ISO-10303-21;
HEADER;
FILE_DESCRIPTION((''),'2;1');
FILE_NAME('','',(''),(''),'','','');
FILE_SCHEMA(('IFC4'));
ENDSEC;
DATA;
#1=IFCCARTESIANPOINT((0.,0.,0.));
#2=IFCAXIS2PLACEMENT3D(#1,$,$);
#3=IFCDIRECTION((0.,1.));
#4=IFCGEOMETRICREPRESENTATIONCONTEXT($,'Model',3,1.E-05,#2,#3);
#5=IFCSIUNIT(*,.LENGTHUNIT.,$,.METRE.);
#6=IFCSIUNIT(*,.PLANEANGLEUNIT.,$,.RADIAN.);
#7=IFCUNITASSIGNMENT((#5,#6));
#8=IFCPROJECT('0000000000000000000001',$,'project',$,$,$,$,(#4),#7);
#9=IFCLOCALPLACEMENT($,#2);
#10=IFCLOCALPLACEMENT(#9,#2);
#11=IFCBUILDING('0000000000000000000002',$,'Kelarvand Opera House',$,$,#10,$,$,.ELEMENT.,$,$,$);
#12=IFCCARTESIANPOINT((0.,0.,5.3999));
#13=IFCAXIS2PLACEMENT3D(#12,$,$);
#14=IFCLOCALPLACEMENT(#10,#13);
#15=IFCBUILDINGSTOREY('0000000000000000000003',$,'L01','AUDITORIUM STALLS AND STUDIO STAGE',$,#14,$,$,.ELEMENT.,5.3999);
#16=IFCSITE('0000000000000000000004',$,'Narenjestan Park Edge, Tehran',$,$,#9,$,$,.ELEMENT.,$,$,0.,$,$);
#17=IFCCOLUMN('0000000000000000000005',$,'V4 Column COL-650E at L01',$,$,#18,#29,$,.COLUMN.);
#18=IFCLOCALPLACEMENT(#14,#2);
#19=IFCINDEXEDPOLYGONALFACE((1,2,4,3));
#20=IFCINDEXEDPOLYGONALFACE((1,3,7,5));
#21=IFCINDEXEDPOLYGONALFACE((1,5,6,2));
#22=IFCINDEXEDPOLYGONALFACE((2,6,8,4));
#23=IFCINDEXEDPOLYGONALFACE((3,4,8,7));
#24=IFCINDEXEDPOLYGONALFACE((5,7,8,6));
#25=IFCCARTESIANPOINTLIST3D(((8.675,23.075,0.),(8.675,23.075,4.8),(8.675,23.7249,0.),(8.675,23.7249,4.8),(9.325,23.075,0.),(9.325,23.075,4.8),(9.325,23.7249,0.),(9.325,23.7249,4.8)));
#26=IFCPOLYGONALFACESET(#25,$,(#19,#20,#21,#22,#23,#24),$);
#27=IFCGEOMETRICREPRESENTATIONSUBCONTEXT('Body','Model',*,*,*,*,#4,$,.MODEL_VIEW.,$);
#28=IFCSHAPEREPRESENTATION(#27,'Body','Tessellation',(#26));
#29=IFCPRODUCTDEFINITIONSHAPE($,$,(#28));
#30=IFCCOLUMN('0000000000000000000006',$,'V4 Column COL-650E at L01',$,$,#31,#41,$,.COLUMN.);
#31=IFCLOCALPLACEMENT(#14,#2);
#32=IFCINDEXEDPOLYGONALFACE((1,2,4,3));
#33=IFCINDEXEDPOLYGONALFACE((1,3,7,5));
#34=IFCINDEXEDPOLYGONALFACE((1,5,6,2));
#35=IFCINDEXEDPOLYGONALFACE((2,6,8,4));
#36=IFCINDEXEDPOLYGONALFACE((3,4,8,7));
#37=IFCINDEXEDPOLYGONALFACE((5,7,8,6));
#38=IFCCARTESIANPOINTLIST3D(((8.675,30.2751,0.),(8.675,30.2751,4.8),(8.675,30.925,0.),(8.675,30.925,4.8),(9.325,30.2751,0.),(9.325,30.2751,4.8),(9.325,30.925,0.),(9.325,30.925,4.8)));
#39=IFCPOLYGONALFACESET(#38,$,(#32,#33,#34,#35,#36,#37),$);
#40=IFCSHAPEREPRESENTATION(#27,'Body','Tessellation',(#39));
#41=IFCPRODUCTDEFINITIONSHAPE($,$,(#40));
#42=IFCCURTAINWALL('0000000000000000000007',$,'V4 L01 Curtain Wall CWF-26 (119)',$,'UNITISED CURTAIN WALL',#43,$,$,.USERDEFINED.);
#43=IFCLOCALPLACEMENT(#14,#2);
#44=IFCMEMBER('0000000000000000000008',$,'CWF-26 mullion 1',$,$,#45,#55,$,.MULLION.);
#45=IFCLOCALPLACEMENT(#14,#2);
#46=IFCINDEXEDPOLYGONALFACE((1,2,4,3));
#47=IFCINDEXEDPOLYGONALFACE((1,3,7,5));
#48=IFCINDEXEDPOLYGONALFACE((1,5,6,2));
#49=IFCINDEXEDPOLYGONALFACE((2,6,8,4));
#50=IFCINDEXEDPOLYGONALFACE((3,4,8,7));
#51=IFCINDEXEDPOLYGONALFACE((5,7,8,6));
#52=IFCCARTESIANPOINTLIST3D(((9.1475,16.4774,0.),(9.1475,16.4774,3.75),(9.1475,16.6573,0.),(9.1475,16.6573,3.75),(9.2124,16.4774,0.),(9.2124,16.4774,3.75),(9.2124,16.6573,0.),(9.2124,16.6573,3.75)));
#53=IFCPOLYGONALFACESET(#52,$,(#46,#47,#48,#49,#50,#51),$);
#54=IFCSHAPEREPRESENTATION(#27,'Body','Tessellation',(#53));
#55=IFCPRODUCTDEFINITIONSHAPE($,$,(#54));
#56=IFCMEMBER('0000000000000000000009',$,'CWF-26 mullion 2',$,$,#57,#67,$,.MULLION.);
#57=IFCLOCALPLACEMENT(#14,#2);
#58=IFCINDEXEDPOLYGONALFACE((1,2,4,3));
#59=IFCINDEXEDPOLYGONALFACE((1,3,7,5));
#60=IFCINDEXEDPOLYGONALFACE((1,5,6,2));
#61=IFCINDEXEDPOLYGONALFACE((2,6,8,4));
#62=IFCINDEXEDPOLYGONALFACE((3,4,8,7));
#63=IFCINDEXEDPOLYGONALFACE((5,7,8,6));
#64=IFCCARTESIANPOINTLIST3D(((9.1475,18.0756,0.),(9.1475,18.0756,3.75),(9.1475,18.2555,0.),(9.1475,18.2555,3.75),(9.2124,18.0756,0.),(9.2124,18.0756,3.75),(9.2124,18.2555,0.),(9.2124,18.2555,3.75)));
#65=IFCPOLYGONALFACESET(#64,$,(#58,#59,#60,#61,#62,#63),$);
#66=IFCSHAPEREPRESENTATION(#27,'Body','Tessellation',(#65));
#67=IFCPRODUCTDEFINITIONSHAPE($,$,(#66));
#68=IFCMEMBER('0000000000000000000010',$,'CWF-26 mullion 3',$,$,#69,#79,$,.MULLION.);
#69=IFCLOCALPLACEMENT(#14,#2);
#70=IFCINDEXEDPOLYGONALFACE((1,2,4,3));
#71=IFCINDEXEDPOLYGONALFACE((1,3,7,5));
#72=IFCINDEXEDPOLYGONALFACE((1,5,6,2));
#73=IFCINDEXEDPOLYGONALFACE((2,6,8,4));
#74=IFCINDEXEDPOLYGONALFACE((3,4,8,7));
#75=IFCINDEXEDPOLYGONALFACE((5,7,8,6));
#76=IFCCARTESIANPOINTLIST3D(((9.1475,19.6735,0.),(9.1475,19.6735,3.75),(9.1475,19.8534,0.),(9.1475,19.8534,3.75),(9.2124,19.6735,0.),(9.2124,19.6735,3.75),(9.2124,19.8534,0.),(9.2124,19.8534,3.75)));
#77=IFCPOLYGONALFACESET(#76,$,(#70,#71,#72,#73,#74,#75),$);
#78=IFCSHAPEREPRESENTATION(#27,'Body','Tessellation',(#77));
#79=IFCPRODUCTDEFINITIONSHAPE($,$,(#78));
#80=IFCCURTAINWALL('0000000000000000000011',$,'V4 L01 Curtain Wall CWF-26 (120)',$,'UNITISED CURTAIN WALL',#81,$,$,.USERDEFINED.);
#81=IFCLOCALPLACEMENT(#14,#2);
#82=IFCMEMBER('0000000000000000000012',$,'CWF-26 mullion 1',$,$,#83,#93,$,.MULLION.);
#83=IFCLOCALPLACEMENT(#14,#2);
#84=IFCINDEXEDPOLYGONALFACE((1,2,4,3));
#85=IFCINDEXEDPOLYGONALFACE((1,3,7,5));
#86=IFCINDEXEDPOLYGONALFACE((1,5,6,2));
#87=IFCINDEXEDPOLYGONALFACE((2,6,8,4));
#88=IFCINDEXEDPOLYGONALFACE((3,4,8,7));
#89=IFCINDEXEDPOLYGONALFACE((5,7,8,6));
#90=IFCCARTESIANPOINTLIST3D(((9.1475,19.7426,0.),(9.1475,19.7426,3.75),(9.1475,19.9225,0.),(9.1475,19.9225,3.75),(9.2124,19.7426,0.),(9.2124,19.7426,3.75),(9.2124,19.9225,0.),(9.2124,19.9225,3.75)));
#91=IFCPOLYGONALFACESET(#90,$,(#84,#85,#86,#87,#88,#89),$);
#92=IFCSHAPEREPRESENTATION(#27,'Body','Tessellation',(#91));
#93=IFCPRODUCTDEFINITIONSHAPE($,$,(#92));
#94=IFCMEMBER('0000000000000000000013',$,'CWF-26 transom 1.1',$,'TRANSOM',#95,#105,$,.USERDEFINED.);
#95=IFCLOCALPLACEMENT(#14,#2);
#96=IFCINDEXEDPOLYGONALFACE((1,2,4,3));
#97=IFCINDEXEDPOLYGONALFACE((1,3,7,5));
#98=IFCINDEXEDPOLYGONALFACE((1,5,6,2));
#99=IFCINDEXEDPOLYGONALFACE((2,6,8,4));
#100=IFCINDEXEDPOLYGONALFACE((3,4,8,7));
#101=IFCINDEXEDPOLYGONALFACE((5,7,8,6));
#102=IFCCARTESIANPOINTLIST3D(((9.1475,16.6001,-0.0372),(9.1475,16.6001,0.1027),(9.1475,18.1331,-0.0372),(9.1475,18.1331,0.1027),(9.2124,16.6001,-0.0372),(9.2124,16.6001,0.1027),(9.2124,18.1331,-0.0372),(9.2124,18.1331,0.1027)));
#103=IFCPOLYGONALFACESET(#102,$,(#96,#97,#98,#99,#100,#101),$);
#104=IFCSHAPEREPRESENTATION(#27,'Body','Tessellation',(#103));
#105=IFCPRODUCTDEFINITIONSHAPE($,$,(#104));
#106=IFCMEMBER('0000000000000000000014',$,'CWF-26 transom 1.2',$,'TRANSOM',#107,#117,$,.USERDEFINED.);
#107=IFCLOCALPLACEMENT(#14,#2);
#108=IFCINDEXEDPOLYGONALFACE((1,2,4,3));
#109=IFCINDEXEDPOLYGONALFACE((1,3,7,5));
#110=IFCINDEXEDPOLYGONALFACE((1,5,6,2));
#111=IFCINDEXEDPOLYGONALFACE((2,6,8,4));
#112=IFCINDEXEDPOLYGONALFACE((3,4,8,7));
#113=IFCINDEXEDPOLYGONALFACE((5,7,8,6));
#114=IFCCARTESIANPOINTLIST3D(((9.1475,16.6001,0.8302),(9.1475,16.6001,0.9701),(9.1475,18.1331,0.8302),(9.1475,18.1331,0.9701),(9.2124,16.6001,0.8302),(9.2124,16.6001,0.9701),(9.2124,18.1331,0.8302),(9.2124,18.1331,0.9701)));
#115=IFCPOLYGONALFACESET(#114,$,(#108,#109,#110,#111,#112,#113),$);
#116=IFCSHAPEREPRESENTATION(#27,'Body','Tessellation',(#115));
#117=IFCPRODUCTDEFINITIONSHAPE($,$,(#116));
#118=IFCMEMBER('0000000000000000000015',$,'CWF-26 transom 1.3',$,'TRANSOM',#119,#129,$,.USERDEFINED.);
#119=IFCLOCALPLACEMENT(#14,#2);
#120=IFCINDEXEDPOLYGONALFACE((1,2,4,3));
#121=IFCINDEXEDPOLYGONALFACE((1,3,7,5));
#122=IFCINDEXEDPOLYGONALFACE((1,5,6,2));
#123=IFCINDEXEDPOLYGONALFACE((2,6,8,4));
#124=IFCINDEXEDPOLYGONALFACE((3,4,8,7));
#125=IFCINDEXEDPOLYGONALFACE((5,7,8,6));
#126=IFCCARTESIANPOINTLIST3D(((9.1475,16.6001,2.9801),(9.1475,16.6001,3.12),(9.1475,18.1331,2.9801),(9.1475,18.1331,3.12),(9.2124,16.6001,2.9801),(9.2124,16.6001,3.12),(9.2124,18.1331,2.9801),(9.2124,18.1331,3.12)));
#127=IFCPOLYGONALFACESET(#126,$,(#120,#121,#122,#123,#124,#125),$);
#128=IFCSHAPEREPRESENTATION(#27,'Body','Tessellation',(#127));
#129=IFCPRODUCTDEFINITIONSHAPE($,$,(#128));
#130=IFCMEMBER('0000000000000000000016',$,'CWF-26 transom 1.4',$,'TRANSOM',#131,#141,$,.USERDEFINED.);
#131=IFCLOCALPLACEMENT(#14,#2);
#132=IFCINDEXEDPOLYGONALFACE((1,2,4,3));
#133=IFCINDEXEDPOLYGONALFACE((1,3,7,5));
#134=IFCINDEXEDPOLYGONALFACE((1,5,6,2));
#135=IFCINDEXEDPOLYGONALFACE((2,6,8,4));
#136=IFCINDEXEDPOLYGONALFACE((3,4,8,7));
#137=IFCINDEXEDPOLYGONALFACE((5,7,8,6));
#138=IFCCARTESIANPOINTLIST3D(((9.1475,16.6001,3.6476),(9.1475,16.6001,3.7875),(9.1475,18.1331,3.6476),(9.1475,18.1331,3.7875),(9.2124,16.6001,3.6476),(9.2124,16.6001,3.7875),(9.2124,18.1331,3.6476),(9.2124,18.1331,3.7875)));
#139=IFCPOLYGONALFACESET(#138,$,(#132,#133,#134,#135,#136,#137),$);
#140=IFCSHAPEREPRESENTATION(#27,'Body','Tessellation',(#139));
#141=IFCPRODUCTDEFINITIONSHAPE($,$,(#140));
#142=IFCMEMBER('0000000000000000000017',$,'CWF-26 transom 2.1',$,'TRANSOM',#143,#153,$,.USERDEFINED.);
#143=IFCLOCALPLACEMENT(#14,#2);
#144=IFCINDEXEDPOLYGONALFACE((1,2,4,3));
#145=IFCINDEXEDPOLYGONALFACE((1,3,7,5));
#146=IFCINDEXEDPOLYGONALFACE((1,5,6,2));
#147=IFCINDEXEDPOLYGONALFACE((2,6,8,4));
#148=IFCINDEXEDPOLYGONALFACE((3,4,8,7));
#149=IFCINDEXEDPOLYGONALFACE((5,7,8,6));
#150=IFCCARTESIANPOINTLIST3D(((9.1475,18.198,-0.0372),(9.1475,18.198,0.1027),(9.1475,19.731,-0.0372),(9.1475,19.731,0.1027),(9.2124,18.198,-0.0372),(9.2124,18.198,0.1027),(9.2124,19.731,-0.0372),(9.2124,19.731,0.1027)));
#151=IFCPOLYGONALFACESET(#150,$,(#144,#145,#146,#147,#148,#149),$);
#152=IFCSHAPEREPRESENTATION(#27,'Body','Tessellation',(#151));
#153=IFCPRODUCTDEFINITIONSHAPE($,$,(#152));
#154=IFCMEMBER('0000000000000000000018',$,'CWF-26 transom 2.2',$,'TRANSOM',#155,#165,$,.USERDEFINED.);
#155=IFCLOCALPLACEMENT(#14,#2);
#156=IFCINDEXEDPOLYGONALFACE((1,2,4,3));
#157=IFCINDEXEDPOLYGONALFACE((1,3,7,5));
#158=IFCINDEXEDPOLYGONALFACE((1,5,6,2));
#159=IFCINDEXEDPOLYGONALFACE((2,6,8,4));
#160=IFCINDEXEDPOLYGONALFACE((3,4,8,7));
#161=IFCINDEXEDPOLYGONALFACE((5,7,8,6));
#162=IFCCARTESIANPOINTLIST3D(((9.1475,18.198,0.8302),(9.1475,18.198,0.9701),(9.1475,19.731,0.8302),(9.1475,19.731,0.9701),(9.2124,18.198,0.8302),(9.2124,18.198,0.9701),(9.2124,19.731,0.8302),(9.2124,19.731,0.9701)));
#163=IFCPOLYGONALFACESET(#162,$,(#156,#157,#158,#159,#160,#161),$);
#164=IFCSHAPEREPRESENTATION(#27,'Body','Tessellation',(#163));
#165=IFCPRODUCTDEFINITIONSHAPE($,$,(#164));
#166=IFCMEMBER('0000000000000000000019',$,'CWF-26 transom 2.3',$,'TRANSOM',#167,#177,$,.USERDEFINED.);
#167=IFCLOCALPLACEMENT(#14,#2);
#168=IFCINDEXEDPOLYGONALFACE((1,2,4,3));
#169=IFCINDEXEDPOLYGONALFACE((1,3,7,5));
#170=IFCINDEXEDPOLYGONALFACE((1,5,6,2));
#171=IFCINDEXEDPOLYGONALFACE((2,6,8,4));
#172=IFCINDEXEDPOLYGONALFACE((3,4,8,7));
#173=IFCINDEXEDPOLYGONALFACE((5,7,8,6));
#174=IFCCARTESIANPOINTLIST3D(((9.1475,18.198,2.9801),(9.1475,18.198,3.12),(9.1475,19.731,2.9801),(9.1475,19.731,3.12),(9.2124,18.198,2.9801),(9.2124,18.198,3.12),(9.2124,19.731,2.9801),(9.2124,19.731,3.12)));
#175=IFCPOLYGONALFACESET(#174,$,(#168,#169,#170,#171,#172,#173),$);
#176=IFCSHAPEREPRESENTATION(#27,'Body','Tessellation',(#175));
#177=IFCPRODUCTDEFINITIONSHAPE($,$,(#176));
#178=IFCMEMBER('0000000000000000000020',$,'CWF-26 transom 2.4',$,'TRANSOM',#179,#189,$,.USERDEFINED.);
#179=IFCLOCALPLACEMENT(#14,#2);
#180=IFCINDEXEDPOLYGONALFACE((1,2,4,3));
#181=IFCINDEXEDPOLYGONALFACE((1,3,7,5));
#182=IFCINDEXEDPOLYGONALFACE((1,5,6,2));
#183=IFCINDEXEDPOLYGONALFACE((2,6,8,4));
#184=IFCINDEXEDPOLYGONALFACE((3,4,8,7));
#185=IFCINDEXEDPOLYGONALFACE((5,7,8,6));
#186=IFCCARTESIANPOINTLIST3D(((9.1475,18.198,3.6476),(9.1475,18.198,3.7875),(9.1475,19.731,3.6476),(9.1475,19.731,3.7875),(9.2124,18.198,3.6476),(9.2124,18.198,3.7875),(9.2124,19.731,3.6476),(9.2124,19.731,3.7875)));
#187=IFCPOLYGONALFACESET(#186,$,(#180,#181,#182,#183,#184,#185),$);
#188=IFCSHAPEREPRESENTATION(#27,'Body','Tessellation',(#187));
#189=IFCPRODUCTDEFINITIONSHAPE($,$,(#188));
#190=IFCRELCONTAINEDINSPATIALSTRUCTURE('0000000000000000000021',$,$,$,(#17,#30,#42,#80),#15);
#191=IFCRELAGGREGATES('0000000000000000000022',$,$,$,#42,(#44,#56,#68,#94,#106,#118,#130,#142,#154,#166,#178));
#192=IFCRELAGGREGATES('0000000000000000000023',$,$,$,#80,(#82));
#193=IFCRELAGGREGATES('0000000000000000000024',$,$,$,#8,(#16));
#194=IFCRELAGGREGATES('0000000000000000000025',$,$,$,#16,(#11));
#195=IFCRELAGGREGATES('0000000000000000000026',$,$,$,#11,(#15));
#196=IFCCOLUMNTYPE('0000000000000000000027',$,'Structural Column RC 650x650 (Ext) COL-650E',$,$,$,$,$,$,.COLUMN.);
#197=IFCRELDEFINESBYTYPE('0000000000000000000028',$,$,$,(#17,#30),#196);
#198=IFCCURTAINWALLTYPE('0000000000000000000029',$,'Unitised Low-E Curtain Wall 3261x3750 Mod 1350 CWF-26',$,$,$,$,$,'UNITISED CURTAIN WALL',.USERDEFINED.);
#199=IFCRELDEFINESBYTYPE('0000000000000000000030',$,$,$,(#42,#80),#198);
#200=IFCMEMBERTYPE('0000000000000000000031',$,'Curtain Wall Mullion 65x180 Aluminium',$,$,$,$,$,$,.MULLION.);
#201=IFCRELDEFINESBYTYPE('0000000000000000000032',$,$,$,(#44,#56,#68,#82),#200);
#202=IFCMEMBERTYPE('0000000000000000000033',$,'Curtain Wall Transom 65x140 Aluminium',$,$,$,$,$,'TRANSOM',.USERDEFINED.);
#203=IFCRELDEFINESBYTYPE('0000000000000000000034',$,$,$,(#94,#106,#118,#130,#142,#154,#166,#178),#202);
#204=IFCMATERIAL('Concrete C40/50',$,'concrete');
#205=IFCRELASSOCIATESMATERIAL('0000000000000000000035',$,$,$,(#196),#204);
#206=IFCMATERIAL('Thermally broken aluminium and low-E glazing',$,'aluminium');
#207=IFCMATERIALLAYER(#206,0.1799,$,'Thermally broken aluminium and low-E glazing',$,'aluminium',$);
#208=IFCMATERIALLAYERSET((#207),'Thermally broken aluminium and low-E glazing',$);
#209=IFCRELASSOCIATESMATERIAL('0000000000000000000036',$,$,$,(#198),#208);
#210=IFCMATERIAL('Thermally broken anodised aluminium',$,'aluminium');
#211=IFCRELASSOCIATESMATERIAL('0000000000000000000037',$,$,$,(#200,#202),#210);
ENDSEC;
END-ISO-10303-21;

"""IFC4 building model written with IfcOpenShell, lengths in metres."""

from ifc_helpers import new_model, si_unit, direction, frame, origin, origin_2d, place, context, subcontext, project, spatial, rectangle, extrude, material, layer, layer_set, material_profile, profile_set, type_object, element, aggregate, save


model = new_model("IFC4")

# Units and contexts
model_context = context("Model", 3, precision=1e-05, world=origin(), true_north=direction((0.0, 1.0)))
body_context = subcontext(model_context, "Body", "Model", "MODEL_VIEW")
ifc_project = project(units=[si_unit("LENGTHUNIT", "METRE"), si_unit("PLANEANGLEUNIT", "RADIAN")], contexts=[model_context])

# Site, building, storey
site_placement = place(None, origin())
site = spatial("IfcSite", under=ifc_project, at=site_placement, Name="Narenjestan Park Edge, Tehran", CompositionType="ELEMENT", RefElevation=0.0)
building_placement = place(site_placement, origin())
building = spatial("IfcBuilding", under=site, at=building_placement, Name="Kelarvand Opera House", CompositionType="ELEMENT")
storey_placement = place(building_placement, frame((0.0, 0.0, 5.3999)))
storey = spatial("IfcBuildingStorey", under=building, at=storey_placement, Name="L01", Description="AUDITORIUM STALLS AND STUDIO STAGE", CompositionType="ELEMENT", Elevation=5.3999)

# Columns
ifc_material_1 = material(Name="Concrete C40/50", Category="concrete")
ifc_material_profile_1 = material_profile(ifc_material_1, rectangle(XDim=0.6499, YDim=0.6499, at=origin_2d()), Name="RC 650x650", Category="concrete")
ifc_profile_set_1 = profile_set([ifc_material_profile_1], Name="Concrete C40/50")
column_type = type_object("IfcColumnType", Name="Structural Column RC 650x650 (Ext) COL-650E", PredefinedType="COLUMN", material=ifc_profile_set_1)
for number, where, z_axis, x_axis, name in (
    (1, (9.0, 23.3999, 0.0), (0.0, 0.0, 1.0), (1.0, 0.0, 0.0), "V4 Column COL-650E at L01"),
    (2, (9.0, 30.6001, 0.0), (0.0, 0.0, 1.0), (1.0, 0.0, 0.0), "V4 Column COL-650E at L01"),
):
    element("IfcColumn", number, at=place(storey_placement, frame(where, z_axis=z_axis, x_axis=x_axis)), inside=storey, type_object=column_type, Name=name, PredefinedType="COLUMN", context=body_context, shape_type="SweptSolid", body=[
        extrude(rectangle(XDim=0.6499, YDim=0.6499, at=origin_2d()), origin(), (0.0, 0.0, 1.0), 4.8),
    ])

# Curtain wall, members
ifc_material_2 = material(Name="Thermally broken aluminium and low-E glazing", Category="aluminium")
ifc_layer_1 = layer(ifc_material_2, 0.1799, Name="Thermally broken aluminium and low-E glazing", Category="aluminium")
ifc_layer_set_1 = layer_set([ifc_layer_1], Name="Thermally broken aluminium and low-E glazing")
curtain_wall_type = type_object("IfcCurtainWallType", Name="Unitised Low-E Curtain Wall 3261x3750 Mod 1350 CWF-26", ElementType="UNITISED CURTAIN WALL", PredefinedType="USERDEFINED", material=ifc_layer_set_1)
curtain_wall_1_placement = place(storey_placement, origin())
curtain_wall_1 = element("IfcCurtainWall", 3, at=curtain_wall_1_placement, inside=storey, type_object=curtain_wall_type, Name="V4 L01 Curtain Wall CWF-26 (119)", ObjectType="UNITISED CURTAIN WALL", PredefinedType="USERDEFINED")
ifc_material_3 = material(Name="Thermally broken anodised aluminium", Category="aluminium")
ifc_material_profile_2 = material_profile(ifc_material_3, rectangle(XDim=0.0649, YDim=0.1799, at=origin_2d()), Name="ALU MULLION 65x180", Category="aluminium")
ifc_profile_set_2 = profile_set([ifc_material_profile_2], Name="Thermally broken anodised aluminium")
member_type_1 = type_object("IfcMemberType", Name="Curtain Wall Mullion 65x180 Aluminium", PredefinedType="MULLION", material=ifc_profile_set_2)
member_1_placement = place(storey_placement, frame((9.1799, 16.5674, 0.0), z_axis=(0.0, 0.0, 1.0), x_axis=(-1.0, 0.0, 0.0)))
member_1 = element("IfcMember", 4, at=member_1_placement, type_object=member_type_1, Name="CWF-26 mullion 1", PredefinedType="MULLION", context=body_context, shape_type="SweptSolid", body=[
    extrude(rectangle(XDim=0.0649, YDim=0.1799, at=origin_2d()), origin(), (0.0, 0.0, 1.0), 3.75),
])
member_2_placement = place(storey_placement, frame((9.1799, 18.1655, 0.0), z_axis=(0.0, 0.0, 1.0), x_axis=(-1.0, 0.0, 0.0)))
member_2 = element("IfcMember", 5, at=member_2_placement, type_object=member_type_1, Name="CWF-26 mullion 2", PredefinedType="MULLION", context=body_context, shape_type="SweptSolid", body=[
    extrude(rectangle(XDim=0.0649, YDim=0.1799, at=origin_2d()), origin(), (0.0, 0.0, 1.0), 3.75),
])
member_3_placement = place(storey_placement, frame((9.1799, 19.7634, 0.0), z_axis=(0.0, 0.0, 1.0), x_axis=(-1.0, 0.0, 0.0)))
member_3 = element("IfcMember", 6, at=member_3_placement, type_object=member_type_1, Name="CWF-26 mullion 3", PredefinedType="MULLION", context=body_context, shape_type="SweptSolid", body=[
    extrude(rectangle(XDim=0.0649, YDim=0.1799, at=origin_2d()), origin(), (0.0, 0.0, 1.0), 3.75),
])

# Curtain wall, member
curtain_wall_2_placement = place(storey_placement, origin())
curtain_wall_2 = element("IfcCurtainWall", 7, at=curtain_wall_2_placement, inside=storey, type_object=curtain_wall_type, Name="V4 L01 Curtain Wall CWF-26 (120)", ObjectType="UNITISED CURTAIN WALL", PredefinedType="USERDEFINED")
member_4_placement = place(storey_placement, frame((9.1799, 19.8325, 0.0), z_axis=(0.0, 0.0, 1.0), x_axis=(-1.0, 0.0, 0.0)))
member_4 = element("IfcMember", 8, at=member_4_placement, type_object=member_type_1, Name="CWF-26 mullion 1", PredefinedType="MULLION", context=body_context, shape_type="SweptSolid", body=[
    extrude(rectangle(XDim=0.0649, YDim=0.1799, at=origin_2d()), origin(), (0.0, 0.0, 1.0), 3.75),
])

# Members
ifc_material_profile_3 = material_profile(ifc_material_3, rectangle(XDim=0.0649, YDim=0.1399, at=origin_2d()), Name="ALU TRANSOM 65x140", Category="aluminium")
ifc_profile_set_3 = profile_set([ifc_material_profile_3], Name="Thermally broken anodised aluminium")
member_type_2 = type_object("IfcMemberType", Name="Curtain Wall Transom 65x140 Aluminium", ElementType="TRANSOM", PredefinedType="USERDEFINED", material=ifc_profile_set_3)
member_5_placement = place(storey_placement, frame((9.1799, 16.6001, 0.0327), z_axis=(0.0, 1.0, 0.0), x_axis=(-1.0, 0.0, 0.0)))
member_5 = element("IfcMember", 9, at=member_5_placement, type_object=member_type_2, Name="CWF-26 transom 1.1", ObjectType="TRANSOM", PredefinedType="USERDEFINED", context=body_context, shape_type="SweptSolid", body=[
    extrude(rectangle(XDim=0.0649, YDim=0.1399, at=origin_2d()), origin(), (0.0, 0.0, 1.0), 1.533),
])
member_6_placement = place(storey_placement, frame((9.1799, 16.6001, 0.9001), z_axis=(0.0, 1.0, 0.0), x_axis=(-1.0, 0.0, 0.0)))
member_6 = element("IfcMember", 10, at=member_6_placement, type_object=member_type_2, Name="CWF-26 transom 1.2", ObjectType="TRANSOM", PredefinedType="USERDEFINED", context=body_context, shape_type="SweptSolid", body=[
    extrude(rectangle(XDim=0.0649, YDim=0.1399, at=origin_2d()), origin(), (0.0, 0.0, 1.0), 1.533),
])
member_7_placement = place(storey_placement, frame((9.1799, 16.6001, 3.05), z_axis=(0.0, 1.0, 0.0), x_axis=(-1.0, 0.0, 0.0)))
member_7 = element("IfcMember", 11, at=member_7_placement, type_object=member_type_2, Name="CWF-26 transom 1.3", ObjectType="TRANSOM", PredefinedType="USERDEFINED", context=body_context, shape_type="SweptSolid", body=[
    extrude(rectangle(XDim=0.0649, YDim=0.1399, at=origin_2d()), origin(), (0.0, 0.0, 1.0), 1.533),
])
member_8_placement = place(storey_placement, frame((9.1799, 16.6001, 3.7175), z_axis=(0.0, 1.0, 0.0), x_axis=(-1.0, 0.0, 0.0)))
member_8 = element("IfcMember", 12, at=member_8_placement, type_object=member_type_2, Name="CWF-26 transom 1.4", ObjectType="TRANSOM", PredefinedType="USERDEFINED", context=body_context, shape_type="SweptSolid", body=[
    extrude(rectangle(XDim=0.0649, YDim=0.1399, at=origin_2d()), origin(), (0.0, 0.0, 1.0), 1.533),
])
member_9_placement = place(storey_placement, frame((9.1799, 18.198, 0.0327), z_axis=(0.0, 1.0, 0.0), x_axis=(-1.0, 0.0, 0.0)))
member_9 = element("IfcMember", 13, at=member_9_placement, type_object=member_type_2, Name="CWF-26 transom 2.1", ObjectType="TRANSOM", PredefinedType="USERDEFINED", context=body_context, shape_type="SweptSolid", body=[
    extrude(rectangle(XDim=0.0649, YDim=0.1399, at=origin_2d()), origin(), (0.0, 0.0, 1.0), 1.533),
])
member_10_placement = place(storey_placement, frame((9.1799, 18.198, 0.9001), z_axis=(0.0, 1.0, 0.0), x_axis=(-1.0, 0.0, 0.0)))
member_10 = element("IfcMember", 14, at=member_10_placement, type_object=member_type_2, Name="CWF-26 transom 2.2", ObjectType="TRANSOM", PredefinedType="USERDEFINED", context=body_context, shape_type="SweptSolid", body=[
    extrude(rectangle(XDim=0.0649, YDim=0.1399, at=origin_2d()), origin(), (0.0, 0.0, 1.0), 1.533),
])
member_11_placement = place(storey_placement, frame((9.1799, 18.198, 3.05), z_axis=(0.0, 1.0, 0.0), x_axis=(-1.0, 0.0, 0.0)))
member_11 = element("IfcMember", 15, at=member_11_placement, type_object=member_type_2, Name="CWF-26 transom 2.3", ObjectType="TRANSOM", PredefinedType="USERDEFINED", context=body_context, shape_type="SweptSolid", body=[
    extrude(rectangle(XDim=0.0649, YDim=0.1399, at=origin_2d()), origin(), (0.0, 0.0, 1.0), 1.533),
])
member_12_placement = place(storey_placement, frame((9.1799, 18.198, 3.7175), z_axis=(0.0, 1.0, 0.0), x_axis=(-1.0, 0.0, 0.0)))
member_12 = element("IfcMember", 16, at=member_12_placement, type_object=member_type_2, Name="CWF-26 transom 2.4", ObjectType="TRANSOM", PredefinedType="USERDEFINED", context=body_context, shape_type="SweptSolid", body=[
    extrude(rectangle(XDim=0.0649, YDim=0.1399, at=origin_2d()), origin(), (0.0, 0.0, 1.0), 1.533),
])

aggregate(curtain_wall_1, [member_1, member_2, member_3, member_5, member_6, member_7, member_8, member_9, member_10, member_11, member_12])
aggregate(curtain_wall_2, [member_4])

save(model, "model.ifc")
